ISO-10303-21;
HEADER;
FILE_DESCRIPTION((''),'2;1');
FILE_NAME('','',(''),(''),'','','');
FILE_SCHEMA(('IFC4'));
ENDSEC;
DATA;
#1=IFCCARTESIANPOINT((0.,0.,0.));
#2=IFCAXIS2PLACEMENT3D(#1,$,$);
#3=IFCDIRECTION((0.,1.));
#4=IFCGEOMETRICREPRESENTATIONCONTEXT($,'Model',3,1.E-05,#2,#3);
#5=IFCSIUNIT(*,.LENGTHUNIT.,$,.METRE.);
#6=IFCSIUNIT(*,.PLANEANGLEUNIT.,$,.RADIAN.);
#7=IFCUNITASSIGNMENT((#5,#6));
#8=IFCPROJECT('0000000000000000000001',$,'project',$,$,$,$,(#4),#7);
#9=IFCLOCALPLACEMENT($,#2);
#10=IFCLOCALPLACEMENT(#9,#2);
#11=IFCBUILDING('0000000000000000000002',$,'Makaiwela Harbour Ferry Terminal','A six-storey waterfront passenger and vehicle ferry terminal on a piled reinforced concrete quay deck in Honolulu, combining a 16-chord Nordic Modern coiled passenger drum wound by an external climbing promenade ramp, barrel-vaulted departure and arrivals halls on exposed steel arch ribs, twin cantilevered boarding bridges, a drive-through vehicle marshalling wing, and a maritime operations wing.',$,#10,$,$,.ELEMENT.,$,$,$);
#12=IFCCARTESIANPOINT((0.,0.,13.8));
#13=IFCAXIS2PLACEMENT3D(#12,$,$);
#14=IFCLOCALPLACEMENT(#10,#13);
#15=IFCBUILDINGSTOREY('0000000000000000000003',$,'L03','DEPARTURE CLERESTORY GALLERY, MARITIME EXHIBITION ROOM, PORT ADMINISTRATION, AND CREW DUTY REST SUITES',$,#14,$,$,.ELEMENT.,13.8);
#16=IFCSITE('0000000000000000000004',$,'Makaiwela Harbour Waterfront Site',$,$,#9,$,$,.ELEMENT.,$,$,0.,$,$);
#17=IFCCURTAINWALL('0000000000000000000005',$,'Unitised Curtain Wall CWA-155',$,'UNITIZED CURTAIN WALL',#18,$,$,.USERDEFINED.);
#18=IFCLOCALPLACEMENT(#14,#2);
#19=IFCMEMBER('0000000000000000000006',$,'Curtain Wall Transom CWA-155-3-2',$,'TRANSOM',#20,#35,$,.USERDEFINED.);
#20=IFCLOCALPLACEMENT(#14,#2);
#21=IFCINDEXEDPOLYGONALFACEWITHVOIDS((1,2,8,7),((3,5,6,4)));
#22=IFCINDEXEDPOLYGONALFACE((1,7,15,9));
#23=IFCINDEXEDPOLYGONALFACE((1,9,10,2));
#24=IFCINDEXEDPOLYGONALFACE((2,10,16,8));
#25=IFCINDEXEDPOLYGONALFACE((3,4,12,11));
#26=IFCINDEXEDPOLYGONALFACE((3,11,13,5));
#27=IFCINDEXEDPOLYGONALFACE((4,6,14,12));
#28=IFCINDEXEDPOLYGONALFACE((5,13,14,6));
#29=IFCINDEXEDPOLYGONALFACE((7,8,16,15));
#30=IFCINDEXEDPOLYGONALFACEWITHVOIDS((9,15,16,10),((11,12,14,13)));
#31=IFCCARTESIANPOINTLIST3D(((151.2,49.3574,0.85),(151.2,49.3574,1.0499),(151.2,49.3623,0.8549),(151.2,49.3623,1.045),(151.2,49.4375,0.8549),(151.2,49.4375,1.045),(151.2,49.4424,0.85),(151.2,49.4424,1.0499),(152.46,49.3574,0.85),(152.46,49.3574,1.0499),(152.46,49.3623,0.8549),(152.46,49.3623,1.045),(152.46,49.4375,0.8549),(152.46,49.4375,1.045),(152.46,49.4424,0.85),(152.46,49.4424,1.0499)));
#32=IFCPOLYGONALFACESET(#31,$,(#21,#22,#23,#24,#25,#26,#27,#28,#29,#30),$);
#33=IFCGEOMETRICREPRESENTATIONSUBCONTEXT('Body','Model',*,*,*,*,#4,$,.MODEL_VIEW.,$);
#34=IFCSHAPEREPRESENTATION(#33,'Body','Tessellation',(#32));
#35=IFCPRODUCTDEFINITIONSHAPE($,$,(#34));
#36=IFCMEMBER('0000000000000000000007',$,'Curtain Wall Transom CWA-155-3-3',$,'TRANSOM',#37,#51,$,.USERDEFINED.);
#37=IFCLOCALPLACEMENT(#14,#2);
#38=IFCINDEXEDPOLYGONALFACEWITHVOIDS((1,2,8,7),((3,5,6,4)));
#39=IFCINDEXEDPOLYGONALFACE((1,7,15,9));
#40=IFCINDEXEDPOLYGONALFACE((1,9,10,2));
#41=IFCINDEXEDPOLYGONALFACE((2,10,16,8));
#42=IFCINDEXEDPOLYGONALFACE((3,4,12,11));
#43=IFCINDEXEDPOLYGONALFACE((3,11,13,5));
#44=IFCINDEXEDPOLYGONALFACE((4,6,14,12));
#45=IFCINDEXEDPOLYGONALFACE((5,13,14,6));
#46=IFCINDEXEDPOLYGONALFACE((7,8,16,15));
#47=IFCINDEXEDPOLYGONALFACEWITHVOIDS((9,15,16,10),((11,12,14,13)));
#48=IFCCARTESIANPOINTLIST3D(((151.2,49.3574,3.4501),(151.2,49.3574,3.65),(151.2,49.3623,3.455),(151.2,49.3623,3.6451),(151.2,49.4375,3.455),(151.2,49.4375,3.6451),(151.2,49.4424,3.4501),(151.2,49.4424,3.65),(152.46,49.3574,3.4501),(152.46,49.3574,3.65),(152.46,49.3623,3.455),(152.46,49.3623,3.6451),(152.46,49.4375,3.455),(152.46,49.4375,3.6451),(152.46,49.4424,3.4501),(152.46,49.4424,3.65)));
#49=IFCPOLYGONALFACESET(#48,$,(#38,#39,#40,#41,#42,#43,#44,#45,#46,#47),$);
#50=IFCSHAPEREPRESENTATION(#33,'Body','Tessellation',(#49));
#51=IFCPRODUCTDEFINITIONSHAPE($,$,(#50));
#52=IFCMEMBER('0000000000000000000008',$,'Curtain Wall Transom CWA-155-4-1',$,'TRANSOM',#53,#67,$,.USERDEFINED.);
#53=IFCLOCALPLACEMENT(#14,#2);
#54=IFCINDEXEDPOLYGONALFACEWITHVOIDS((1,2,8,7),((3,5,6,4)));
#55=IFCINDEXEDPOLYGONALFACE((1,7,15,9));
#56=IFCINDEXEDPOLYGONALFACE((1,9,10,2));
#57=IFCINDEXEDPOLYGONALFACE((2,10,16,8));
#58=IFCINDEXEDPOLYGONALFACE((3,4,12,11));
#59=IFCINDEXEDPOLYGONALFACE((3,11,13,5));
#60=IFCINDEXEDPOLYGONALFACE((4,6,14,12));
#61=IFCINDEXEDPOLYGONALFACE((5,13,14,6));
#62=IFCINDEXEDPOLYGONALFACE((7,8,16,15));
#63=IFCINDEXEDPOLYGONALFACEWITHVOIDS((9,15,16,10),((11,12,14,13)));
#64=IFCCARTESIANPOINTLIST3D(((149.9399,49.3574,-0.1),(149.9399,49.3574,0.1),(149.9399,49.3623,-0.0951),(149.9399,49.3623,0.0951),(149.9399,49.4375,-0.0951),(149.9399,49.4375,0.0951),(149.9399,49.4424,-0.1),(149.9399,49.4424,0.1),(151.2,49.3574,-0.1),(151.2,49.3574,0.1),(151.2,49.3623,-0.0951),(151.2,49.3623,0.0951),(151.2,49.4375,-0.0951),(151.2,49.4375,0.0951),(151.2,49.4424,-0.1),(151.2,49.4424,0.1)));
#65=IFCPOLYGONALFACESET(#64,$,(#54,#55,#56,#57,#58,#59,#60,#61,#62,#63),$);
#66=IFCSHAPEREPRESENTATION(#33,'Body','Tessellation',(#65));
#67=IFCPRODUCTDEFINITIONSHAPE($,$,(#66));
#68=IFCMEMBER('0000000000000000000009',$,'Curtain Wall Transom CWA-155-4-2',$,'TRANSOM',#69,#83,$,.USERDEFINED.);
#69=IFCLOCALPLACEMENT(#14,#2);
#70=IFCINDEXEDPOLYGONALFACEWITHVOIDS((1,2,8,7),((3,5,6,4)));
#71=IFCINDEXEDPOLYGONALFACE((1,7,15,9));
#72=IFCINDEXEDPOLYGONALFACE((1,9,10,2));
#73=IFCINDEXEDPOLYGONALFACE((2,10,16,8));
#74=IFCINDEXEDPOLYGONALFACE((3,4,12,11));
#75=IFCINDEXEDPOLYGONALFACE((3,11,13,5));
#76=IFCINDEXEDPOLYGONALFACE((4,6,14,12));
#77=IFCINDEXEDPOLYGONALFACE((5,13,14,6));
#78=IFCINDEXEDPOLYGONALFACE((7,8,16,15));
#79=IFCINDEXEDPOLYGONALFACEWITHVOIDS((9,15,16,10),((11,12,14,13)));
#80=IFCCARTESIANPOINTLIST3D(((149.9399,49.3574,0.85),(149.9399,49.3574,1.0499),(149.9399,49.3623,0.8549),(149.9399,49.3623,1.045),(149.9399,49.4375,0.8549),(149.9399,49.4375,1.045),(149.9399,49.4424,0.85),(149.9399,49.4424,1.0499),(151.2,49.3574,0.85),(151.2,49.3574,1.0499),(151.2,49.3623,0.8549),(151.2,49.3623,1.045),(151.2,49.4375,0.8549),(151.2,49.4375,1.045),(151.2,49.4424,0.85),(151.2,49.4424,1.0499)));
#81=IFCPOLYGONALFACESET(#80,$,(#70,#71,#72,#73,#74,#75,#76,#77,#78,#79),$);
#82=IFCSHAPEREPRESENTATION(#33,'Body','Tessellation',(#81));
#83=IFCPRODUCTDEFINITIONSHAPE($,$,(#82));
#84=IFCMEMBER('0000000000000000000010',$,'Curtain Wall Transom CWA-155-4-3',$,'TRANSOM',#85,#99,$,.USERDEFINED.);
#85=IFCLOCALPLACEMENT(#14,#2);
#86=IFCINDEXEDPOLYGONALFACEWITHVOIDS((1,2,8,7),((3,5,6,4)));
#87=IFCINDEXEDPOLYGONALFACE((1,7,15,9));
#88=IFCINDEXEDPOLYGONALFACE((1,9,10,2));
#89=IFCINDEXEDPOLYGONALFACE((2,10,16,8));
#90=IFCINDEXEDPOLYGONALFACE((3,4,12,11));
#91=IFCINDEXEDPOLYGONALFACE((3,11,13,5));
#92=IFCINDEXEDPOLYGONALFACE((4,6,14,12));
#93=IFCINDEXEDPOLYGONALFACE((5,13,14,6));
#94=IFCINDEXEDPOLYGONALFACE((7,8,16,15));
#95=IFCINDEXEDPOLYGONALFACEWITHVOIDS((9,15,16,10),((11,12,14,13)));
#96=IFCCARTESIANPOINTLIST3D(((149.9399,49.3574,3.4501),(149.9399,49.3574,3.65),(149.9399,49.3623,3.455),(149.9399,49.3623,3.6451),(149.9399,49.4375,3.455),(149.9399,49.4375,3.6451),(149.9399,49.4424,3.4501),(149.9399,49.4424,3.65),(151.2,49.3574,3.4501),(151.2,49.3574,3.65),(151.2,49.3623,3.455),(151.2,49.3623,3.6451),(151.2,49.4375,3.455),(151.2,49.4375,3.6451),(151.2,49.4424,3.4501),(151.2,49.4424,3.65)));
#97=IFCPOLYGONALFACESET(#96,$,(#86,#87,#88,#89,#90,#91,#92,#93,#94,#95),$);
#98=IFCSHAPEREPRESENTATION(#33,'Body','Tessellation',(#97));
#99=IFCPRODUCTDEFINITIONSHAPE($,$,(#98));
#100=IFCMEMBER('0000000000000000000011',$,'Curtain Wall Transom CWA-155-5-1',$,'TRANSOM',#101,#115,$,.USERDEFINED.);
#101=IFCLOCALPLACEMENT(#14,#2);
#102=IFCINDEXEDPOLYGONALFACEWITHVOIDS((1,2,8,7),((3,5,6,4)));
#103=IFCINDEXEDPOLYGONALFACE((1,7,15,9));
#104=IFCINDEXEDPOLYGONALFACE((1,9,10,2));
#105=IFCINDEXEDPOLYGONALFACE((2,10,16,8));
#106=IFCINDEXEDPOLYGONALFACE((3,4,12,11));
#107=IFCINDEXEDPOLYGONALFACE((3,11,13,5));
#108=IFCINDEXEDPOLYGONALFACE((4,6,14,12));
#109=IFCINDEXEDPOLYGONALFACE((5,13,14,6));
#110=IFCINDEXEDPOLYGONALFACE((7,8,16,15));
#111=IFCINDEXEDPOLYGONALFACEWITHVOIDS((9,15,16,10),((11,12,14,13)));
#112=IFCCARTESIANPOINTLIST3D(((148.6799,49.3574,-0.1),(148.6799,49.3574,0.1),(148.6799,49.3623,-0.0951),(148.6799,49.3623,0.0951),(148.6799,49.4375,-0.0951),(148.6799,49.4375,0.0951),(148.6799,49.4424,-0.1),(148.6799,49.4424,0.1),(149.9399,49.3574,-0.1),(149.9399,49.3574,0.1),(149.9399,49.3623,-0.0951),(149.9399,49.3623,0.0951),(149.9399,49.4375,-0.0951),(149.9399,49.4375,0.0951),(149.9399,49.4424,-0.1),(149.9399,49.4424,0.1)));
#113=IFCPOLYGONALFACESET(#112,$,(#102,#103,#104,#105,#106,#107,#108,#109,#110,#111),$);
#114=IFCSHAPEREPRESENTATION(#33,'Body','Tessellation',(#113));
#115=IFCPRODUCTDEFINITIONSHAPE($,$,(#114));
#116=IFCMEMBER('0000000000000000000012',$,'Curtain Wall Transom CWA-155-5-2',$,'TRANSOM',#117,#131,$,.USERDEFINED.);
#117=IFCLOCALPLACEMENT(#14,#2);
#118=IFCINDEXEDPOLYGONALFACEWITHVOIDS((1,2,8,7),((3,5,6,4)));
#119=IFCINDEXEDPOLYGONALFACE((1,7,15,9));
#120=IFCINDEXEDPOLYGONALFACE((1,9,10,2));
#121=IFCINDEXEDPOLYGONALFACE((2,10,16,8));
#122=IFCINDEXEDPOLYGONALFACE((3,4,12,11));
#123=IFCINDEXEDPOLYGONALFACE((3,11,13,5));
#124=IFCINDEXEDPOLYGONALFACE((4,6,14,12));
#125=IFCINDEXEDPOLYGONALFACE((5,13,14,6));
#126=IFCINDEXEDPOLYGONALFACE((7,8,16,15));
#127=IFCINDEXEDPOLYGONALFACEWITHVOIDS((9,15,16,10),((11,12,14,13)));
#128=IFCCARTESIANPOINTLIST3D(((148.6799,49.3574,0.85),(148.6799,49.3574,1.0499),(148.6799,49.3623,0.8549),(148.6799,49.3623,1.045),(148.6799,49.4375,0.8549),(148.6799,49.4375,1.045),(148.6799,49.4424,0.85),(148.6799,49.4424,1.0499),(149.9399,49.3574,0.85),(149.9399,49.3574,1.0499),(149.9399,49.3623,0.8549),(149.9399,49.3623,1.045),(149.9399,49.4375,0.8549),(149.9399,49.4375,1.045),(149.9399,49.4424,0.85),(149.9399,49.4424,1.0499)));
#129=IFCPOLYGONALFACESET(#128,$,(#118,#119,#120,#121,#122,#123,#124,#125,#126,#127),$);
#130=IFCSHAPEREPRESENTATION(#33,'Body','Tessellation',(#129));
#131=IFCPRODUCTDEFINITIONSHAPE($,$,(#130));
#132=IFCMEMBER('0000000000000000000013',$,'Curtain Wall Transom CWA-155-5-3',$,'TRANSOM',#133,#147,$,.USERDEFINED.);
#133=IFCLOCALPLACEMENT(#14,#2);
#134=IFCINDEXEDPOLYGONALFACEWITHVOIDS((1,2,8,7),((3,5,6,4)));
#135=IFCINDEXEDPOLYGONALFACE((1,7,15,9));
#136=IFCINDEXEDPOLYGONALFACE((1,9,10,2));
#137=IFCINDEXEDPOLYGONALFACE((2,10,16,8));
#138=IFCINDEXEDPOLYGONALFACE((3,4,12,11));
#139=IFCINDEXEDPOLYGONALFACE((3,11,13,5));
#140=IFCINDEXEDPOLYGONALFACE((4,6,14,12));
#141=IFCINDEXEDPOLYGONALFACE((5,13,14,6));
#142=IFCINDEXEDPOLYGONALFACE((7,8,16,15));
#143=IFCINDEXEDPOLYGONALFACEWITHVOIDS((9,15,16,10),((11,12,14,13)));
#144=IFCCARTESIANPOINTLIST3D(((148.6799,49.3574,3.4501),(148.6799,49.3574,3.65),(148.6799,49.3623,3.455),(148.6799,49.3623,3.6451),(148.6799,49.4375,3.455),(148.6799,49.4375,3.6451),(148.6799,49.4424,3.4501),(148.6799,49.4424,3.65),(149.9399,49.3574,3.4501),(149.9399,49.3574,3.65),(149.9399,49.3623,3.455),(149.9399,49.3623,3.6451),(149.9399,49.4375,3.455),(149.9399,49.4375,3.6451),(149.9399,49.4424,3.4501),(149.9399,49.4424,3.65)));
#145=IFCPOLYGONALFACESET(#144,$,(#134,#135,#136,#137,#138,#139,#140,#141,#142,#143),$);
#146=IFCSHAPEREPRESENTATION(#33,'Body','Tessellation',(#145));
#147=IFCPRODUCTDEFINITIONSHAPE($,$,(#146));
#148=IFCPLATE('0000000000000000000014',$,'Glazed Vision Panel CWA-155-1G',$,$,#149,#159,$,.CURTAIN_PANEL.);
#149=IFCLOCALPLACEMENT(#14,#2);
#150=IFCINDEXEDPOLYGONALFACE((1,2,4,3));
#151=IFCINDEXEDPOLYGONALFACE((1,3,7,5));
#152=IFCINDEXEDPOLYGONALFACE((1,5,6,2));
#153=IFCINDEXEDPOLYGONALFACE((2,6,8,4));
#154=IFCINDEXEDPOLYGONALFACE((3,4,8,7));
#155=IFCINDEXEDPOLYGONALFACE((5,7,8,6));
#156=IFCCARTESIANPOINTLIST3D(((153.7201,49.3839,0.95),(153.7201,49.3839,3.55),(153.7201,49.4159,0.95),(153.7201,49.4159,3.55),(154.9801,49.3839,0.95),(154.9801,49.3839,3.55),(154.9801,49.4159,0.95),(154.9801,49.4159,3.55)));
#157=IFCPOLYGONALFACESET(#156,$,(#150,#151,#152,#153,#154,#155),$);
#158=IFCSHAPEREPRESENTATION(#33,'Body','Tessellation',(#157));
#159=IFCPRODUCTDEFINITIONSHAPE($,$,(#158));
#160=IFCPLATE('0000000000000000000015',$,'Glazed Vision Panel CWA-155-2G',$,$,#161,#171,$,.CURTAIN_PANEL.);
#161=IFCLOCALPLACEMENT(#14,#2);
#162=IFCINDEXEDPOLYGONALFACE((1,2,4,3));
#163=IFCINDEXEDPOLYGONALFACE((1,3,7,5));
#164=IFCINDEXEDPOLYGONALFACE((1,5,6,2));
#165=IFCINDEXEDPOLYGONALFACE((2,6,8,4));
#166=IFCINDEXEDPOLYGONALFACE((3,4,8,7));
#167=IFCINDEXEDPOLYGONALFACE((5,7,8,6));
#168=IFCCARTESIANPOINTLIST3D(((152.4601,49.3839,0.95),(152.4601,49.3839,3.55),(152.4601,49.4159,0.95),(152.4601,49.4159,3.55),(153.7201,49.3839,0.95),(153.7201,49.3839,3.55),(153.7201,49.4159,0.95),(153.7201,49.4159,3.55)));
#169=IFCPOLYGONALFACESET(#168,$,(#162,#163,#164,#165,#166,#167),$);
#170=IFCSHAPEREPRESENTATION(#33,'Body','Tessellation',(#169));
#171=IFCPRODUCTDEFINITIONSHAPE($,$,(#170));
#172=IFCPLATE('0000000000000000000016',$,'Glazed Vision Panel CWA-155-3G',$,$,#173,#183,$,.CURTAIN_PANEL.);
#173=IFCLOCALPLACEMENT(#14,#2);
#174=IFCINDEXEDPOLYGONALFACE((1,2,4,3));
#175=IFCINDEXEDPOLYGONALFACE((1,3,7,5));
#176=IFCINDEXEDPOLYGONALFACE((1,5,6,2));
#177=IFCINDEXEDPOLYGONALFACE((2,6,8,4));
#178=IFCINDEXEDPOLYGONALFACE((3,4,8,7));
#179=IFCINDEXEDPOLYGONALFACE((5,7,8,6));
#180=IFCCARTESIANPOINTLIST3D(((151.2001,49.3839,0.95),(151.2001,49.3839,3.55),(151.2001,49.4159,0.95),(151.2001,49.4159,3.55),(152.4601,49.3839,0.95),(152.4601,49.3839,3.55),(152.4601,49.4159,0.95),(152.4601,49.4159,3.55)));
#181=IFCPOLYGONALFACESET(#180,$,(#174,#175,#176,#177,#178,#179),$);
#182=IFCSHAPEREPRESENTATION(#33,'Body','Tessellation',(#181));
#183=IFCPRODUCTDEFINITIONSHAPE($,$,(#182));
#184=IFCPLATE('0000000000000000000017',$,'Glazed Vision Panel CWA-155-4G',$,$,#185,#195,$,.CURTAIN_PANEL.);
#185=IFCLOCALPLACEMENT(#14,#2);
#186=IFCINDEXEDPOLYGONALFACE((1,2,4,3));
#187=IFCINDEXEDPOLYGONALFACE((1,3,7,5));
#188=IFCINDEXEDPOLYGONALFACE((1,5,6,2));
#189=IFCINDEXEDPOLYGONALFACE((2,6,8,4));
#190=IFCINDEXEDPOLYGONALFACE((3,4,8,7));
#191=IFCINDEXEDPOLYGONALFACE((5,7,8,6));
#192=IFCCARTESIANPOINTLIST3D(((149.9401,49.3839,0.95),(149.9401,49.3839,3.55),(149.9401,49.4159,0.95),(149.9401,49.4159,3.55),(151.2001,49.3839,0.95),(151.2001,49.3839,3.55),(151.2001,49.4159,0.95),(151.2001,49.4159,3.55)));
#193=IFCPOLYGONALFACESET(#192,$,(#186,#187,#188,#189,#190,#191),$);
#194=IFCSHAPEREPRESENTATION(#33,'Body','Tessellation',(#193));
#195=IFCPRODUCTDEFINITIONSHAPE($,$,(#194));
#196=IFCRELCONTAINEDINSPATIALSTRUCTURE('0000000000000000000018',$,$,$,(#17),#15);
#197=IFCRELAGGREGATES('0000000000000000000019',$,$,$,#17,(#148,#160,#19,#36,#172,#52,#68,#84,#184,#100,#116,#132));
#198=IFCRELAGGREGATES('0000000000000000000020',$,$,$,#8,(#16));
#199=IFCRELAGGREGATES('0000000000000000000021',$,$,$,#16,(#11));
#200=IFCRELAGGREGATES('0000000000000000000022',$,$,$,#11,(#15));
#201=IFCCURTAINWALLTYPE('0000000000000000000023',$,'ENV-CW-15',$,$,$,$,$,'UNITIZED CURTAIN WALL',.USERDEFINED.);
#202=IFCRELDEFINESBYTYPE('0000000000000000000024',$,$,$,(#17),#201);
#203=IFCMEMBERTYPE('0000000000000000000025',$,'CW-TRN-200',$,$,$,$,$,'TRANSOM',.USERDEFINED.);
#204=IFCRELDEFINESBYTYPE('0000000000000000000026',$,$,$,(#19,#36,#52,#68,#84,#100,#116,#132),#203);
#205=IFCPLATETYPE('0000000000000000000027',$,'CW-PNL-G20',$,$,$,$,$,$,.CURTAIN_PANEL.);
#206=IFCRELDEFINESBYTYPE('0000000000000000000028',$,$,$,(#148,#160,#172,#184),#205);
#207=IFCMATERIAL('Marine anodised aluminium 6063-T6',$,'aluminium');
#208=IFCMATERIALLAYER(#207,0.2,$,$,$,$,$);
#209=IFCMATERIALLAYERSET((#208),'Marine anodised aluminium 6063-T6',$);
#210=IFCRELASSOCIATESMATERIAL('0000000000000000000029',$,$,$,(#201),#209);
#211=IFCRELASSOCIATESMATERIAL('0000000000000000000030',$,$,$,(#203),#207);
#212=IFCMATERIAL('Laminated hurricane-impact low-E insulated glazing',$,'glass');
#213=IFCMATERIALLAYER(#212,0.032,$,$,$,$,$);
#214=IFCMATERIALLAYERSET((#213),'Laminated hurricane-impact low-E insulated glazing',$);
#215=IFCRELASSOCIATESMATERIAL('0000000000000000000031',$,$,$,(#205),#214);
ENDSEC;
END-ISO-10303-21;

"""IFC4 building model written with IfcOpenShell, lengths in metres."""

from ifc_helpers import new_model, si_unit, direction, frame, origin, origin_2d, place, context, subcontext, project, spatial, rectangle, hollow_rectangle, extrude, material, layer, layer_set, material_profile, profile_set, type_object, element, aggregate, save


model = new_model("IFC4")

# Units and contexts
model_context = context("Model", 3, precision=1e-05, world=origin(), true_north=direction((0.0, 1.0)))
body_context = subcontext(model_context, "Body", "Model", "MODEL_VIEW")
ifc_project = project(units=[si_unit("LENGTHUNIT", "METRE"), si_unit("PLANEANGLEUNIT", "RADIAN")], contexts=[model_context])

# Site, building, storey
site_placement = place(None, origin())
site = spatial("IfcSite", under=ifc_project, at=site_placement, Name="Makaiwela Harbour Waterfront Site", CompositionType="ELEMENT", RefElevation=0.0)
building_placement = place(site_placement, origin())
building = spatial("IfcBuilding", under=site, at=building_placement, Name="Makaiwela Harbour Ferry Terminal", Description="A six-storey waterfront passenger and vehicle ferry terminal on a piled reinforced concrete quay deck in Honolulu, combining a 16-chord Nordic Modern coiled passenger drum wound by an external climbing promenade ramp, barrel-vaulted departure and arrivals halls on exposed steel arch ribs, twin cantilevered boarding bridges, a drive-through vehicle marshalling wing, and a maritime operations wing.", CompositionType="ELEMENT")
storey_placement = place(building_placement, frame((0.0, 0.0, 13.8)))
storey = spatial("IfcBuildingStorey", under=building, at=storey_placement, Name="L03", Description="DEPARTURE CLERESTORY GALLERY, MARITIME EXHIBITION ROOM, PORT ADMINISTRATION, AND CREW DUTY REST SUITES", CompositionType="ELEMENT", Elevation=13.8)

# Curtain wall, members, plates
ifc_material_1 = material(Name="Marine anodised aluminium 6063-T6", Category="aluminium")
ifc_layer_1 = layer(ifc_material_1, 0.2)
ifc_layer_set_1 = layer_set([ifc_layer_1], Name="Marine anodised aluminium 6063-T6")
curtain_wall_type = type_object("IfcCurtainWallType", Name="ENV-CW-15", ElementType="UNITIZED CURTAIN WALL", PredefinedType="USERDEFINED", material=ifc_layer_set_1)
curtain_wall_placement = place(storey_placement, origin())
curtain_wall = element("IfcCurtainWall", 1, at=curtain_wall_placement, inside=storey, type_object=curtain_wall_type, Name="Unitised Curtain Wall CWA-155", ObjectType="UNITIZED CURTAIN WALL", PredefinedType="USERDEFINED")
ifc_material_profile_1 = material_profile(ifc_material_1, hollow_rectangle(XDim=0.085, YDim=0.2, WallThickness=0.0049, at=origin_2d()), Name="CWT-200X85")
ifc_profile_set_1 = profile_set([ifc_material_profile_1], Name="Marine anodised aluminium 6063-T6")
member_type_1 = type_object("IfcMemberType", Name="CW-TRN-200", ElementType="TRANSOM", PredefinedType="USERDEFINED", material=ifc_profile_set_1)
member_1_placement = place(storey_placement, frame((152.46, 49.3999, 0.95), z_axis=(-1.0, 0.0, 0.0), x_axis=(0.0, -1.0, 0.0)))
member_1 = element("IfcMember", 2, at=member_1_placement, type_object=member_type_1, Name="Curtain Wall Transom CWA-155-3-2", ObjectType="TRANSOM", PredefinedType="USERDEFINED", context=body_context, shape_type="SweptSolid", body=[
    extrude(hollow_rectangle(XDim=0.085, YDim=0.2, WallThickness=0.0049, at=origin_2d()), origin(), (0.0, 0.0, 1.0), 1.26),
])
member_2_placement = place(storey_placement, frame((152.46, 49.3999, 3.55), z_axis=(-1.0, 0.0, 0.0), x_axis=(0.0, -1.0, 0.0)))
member_2 = element("IfcMember", 3, at=member_2_placement, type_object=member_type_1, Name="Curtain Wall Transom CWA-155-3-3", ObjectType="TRANSOM", PredefinedType="USERDEFINED", context=body_context, shape_type="SweptSolid", body=[
    extrude(hollow_rectangle(XDim=0.085, YDim=0.2, WallThickness=0.0049, at=origin_2d()), origin(), (0.0, 0.0, 1.0), 1.26),
])
member_3_placement = place(storey_placement, frame((151.2, 49.3999, 0.0), z_axis=(-1.0, 0.0, 0.0), x_axis=(0.0, -1.0, 0.0)))
member_3 = element("IfcMember", 4, at=member_3_placement, type_object=member_type_1, Name="Curtain Wall Transom CWA-155-4-1", ObjectType="TRANSOM", PredefinedType="USERDEFINED", context=body_context, shape_type="SweptSolid", body=[
    extrude(hollow_rectangle(XDim=0.085, YDim=0.2, WallThickness=0.0049, at=origin_2d()), origin(), (0.0, 0.0, 1.0), 1.26),
])
member_4_placement = place(storey_placement, frame((151.2, 49.3999, 0.95), z_axis=(-1.0, 0.0, 0.0), x_axis=(0.0, -1.0, 0.0)))
member_4 = element("IfcMember", 5, at=member_4_placement, type_object=member_type_1, Name="Curtain Wall Transom CWA-155-4-2", ObjectType="TRANSOM", PredefinedType="USERDEFINED", context=body_context, shape_type="SweptSolid", body=[
    extrude(hollow_rectangle(XDim=0.085, YDim=0.2, WallThickness=0.0049, at=origin_2d()), origin(), (0.0, 0.0, 1.0), 1.26),
])
member_5_placement = place(storey_placement, frame((151.2, 49.3999, 3.55), z_axis=(-1.0, 0.0, 0.0), x_axis=(0.0, -1.0, 0.0)))
member_5 = element("IfcMember", 6, at=member_5_placement, type_object=member_type_1, Name="Curtain Wall Transom CWA-155-4-3", ObjectType="TRANSOM", PredefinedType="USERDEFINED", context=body_context, shape_type="SweptSolid", body=[
    extrude(hollow_rectangle(XDim=0.085, YDim=0.2, WallThickness=0.0049, at=origin_2d()), origin(), (0.0, 0.0, 1.0), 1.26),
])
member_6_placement = place(storey_placement, frame((149.9399, 49.3999, 0.0), z_axis=(-1.0, 0.0, 0.0), x_axis=(0.0, -1.0, 0.0)))
member_6 = element("IfcMember", 7, at=member_6_placement, type_object=member_type_1, Name="Curtain Wall Transom CWA-155-5-1", ObjectType="TRANSOM", PredefinedType="USERDEFINED", context=body_context, shape_type="SweptSolid", body=[
    extrude(hollow_rectangle(XDim=0.085, YDim=0.2, WallThickness=0.0049, at=origin_2d()), origin(), (0.0, 0.0, 1.0), 1.26),
])
member_7_placement = place(storey_placement, frame((149.9399, 49.3999, 0.95), z_axis=(-1.0, 0.0, 0.0), x_axis=(0.0, -1.0, 0.0)))
member_7 = element("IfcMember", 8, at=member_7_placement, type_object=member_type_1, Name="Curtain Wall Transom CWA-155-5-2", ObjectType="TRANSOM", PredefinedType="USERDEFINED", context=body_context, shape_type="SweptSolid", body=[
    extrude(hollow_rectangle(XDim=0.085, YDim=0.2, WallThickness=0.0049, at=origin_2d()), origin(), (0.0, 0.0, 1.0), 1.26),
])
member_8_placement = place(storey_placement, frame((149.9399, 49.3999, 3.55), z_axis=(-1.0, 0.0, 0.0), x_axis=(0.0, -1.0, 0.0)))
member_8 = element("IfcMember", 9, at=member_8_placement, type_object=member_type_1, Name="Curtain Wall Transom CWA-155-5-3", ObjectType="TRANSOM", PredefinedType="USERDEFINED", context=body_context, shape_type="SweptSolid", body=[
    extrude(hollow_rectangle(XDim=0.085, YDim=0.2, WallThickness=0.0049, at=origin_2d()), origin(), (0.0, 0.0, 1.0), 1.26),
])
ifc_material_2 = material(Name="Laminated hurricane-impact low-E insulated glazing", Category="glass")
ifc_layer_2 = layer(ifc_material_2, 0.032)
ifc_layer_set_2 = layer_set([ifc_layer_2], Name="Laminated hurricane-impact low-E insulated glazing")
plate_type_1 = type_object("IfcPlateType", Name="CW-PNL-G20", PredefinedType="CURTAIN_PANEL", material=ifc_layer_set_2)
plate_1_placement = place(storey_placement, frame((154.3501, 49.3999, 0.95), z_axis=(0.0, 0.0, 1.0), x_axis=(-1.0, 0.0, 0.0)))
plate_1 = element("IfcPlate", 10, at=plate_1_placement, type_object=plate_type_1, Name="Glazed Vision Panel CWA-155-1G", PredefinedType="CURTAIN_PANEL", context=body_context, shape_type="SweptSolid", body=[
    extrude(rectangle(XDim=1.26, YDim=0.032, at=origin_2d()), origin(), (0.0, 0.0, 1.0), 2.6001),
])
plate_2_placement = place(storey_placement, frame((153.0901, 49.3999, 0.95), z_axis=(0.0, 0.0, 1.0), x_axis=(-1.0, 0.0, 0.0)))
plate_2 = element("IfcPlate", 11, at=plate_2_placement, type_object=plate_type_1, Name="Glazed Vision Panel CWA-155-2G", PredefinedType="CURTAIN_PANEL", context=body_context, shape_type="SweptSolid", body=[
    extrude(rectangle(XDim=1.26, YDim=0.032, at=origin_2d()), origin(), (0.0, 0.0, 1.0), 2.6001),
])
plate_3_placement = place(storey_placement, frame((151.8301, 49.3999, 0.95), z_axis=(0.0, 0.0, 1.0), x_axis=(-1.0, 0.0, 0.0)))
plate_3 = element("IfcPlate", 12, at=plate_3_placement, type_object=plate_type_1, Name="Glazed Vision Panel CWA-155-3G", PredefinedType="CURTAIN_PANEL", context=body_context, shape_type="SweptSolid", body=[
    extrude(rectangle(XDim=1.26, YDim=0.032, at=origin_2d()), origin(), (0.0, 0.0, 1.0), 2.6001),
])
plate_4_placement = place(storey_placement, frame((150.5701, 49.3999, 0.95), z_axis=(0.0, 0.0, 1.0), x_axis=(-1.0, 0.0, 0.0)))
plate_4 = element("IfcPlate", 13, at=plate_4_placement, type_object=plate_type_1, Name="Glazed Vision Panel CWA-155-4G", PredefinedType="CURTAIN_PANEL", context=body_context, shape_type="SweptSolid", body=[
    extrude(rectangle(XDim=1.26, YDim=0.032, at=origin_2d()), origin(), (0.0, 0.0, 1.0), 2.6001),
])
aggregate(curtain_wall, [plate_1, plate_2, member_1, member_2, plate_3, member_3, member_4, member_5, plate_4, member_6, member_7, member_8])

save(model, "model.ifc")
